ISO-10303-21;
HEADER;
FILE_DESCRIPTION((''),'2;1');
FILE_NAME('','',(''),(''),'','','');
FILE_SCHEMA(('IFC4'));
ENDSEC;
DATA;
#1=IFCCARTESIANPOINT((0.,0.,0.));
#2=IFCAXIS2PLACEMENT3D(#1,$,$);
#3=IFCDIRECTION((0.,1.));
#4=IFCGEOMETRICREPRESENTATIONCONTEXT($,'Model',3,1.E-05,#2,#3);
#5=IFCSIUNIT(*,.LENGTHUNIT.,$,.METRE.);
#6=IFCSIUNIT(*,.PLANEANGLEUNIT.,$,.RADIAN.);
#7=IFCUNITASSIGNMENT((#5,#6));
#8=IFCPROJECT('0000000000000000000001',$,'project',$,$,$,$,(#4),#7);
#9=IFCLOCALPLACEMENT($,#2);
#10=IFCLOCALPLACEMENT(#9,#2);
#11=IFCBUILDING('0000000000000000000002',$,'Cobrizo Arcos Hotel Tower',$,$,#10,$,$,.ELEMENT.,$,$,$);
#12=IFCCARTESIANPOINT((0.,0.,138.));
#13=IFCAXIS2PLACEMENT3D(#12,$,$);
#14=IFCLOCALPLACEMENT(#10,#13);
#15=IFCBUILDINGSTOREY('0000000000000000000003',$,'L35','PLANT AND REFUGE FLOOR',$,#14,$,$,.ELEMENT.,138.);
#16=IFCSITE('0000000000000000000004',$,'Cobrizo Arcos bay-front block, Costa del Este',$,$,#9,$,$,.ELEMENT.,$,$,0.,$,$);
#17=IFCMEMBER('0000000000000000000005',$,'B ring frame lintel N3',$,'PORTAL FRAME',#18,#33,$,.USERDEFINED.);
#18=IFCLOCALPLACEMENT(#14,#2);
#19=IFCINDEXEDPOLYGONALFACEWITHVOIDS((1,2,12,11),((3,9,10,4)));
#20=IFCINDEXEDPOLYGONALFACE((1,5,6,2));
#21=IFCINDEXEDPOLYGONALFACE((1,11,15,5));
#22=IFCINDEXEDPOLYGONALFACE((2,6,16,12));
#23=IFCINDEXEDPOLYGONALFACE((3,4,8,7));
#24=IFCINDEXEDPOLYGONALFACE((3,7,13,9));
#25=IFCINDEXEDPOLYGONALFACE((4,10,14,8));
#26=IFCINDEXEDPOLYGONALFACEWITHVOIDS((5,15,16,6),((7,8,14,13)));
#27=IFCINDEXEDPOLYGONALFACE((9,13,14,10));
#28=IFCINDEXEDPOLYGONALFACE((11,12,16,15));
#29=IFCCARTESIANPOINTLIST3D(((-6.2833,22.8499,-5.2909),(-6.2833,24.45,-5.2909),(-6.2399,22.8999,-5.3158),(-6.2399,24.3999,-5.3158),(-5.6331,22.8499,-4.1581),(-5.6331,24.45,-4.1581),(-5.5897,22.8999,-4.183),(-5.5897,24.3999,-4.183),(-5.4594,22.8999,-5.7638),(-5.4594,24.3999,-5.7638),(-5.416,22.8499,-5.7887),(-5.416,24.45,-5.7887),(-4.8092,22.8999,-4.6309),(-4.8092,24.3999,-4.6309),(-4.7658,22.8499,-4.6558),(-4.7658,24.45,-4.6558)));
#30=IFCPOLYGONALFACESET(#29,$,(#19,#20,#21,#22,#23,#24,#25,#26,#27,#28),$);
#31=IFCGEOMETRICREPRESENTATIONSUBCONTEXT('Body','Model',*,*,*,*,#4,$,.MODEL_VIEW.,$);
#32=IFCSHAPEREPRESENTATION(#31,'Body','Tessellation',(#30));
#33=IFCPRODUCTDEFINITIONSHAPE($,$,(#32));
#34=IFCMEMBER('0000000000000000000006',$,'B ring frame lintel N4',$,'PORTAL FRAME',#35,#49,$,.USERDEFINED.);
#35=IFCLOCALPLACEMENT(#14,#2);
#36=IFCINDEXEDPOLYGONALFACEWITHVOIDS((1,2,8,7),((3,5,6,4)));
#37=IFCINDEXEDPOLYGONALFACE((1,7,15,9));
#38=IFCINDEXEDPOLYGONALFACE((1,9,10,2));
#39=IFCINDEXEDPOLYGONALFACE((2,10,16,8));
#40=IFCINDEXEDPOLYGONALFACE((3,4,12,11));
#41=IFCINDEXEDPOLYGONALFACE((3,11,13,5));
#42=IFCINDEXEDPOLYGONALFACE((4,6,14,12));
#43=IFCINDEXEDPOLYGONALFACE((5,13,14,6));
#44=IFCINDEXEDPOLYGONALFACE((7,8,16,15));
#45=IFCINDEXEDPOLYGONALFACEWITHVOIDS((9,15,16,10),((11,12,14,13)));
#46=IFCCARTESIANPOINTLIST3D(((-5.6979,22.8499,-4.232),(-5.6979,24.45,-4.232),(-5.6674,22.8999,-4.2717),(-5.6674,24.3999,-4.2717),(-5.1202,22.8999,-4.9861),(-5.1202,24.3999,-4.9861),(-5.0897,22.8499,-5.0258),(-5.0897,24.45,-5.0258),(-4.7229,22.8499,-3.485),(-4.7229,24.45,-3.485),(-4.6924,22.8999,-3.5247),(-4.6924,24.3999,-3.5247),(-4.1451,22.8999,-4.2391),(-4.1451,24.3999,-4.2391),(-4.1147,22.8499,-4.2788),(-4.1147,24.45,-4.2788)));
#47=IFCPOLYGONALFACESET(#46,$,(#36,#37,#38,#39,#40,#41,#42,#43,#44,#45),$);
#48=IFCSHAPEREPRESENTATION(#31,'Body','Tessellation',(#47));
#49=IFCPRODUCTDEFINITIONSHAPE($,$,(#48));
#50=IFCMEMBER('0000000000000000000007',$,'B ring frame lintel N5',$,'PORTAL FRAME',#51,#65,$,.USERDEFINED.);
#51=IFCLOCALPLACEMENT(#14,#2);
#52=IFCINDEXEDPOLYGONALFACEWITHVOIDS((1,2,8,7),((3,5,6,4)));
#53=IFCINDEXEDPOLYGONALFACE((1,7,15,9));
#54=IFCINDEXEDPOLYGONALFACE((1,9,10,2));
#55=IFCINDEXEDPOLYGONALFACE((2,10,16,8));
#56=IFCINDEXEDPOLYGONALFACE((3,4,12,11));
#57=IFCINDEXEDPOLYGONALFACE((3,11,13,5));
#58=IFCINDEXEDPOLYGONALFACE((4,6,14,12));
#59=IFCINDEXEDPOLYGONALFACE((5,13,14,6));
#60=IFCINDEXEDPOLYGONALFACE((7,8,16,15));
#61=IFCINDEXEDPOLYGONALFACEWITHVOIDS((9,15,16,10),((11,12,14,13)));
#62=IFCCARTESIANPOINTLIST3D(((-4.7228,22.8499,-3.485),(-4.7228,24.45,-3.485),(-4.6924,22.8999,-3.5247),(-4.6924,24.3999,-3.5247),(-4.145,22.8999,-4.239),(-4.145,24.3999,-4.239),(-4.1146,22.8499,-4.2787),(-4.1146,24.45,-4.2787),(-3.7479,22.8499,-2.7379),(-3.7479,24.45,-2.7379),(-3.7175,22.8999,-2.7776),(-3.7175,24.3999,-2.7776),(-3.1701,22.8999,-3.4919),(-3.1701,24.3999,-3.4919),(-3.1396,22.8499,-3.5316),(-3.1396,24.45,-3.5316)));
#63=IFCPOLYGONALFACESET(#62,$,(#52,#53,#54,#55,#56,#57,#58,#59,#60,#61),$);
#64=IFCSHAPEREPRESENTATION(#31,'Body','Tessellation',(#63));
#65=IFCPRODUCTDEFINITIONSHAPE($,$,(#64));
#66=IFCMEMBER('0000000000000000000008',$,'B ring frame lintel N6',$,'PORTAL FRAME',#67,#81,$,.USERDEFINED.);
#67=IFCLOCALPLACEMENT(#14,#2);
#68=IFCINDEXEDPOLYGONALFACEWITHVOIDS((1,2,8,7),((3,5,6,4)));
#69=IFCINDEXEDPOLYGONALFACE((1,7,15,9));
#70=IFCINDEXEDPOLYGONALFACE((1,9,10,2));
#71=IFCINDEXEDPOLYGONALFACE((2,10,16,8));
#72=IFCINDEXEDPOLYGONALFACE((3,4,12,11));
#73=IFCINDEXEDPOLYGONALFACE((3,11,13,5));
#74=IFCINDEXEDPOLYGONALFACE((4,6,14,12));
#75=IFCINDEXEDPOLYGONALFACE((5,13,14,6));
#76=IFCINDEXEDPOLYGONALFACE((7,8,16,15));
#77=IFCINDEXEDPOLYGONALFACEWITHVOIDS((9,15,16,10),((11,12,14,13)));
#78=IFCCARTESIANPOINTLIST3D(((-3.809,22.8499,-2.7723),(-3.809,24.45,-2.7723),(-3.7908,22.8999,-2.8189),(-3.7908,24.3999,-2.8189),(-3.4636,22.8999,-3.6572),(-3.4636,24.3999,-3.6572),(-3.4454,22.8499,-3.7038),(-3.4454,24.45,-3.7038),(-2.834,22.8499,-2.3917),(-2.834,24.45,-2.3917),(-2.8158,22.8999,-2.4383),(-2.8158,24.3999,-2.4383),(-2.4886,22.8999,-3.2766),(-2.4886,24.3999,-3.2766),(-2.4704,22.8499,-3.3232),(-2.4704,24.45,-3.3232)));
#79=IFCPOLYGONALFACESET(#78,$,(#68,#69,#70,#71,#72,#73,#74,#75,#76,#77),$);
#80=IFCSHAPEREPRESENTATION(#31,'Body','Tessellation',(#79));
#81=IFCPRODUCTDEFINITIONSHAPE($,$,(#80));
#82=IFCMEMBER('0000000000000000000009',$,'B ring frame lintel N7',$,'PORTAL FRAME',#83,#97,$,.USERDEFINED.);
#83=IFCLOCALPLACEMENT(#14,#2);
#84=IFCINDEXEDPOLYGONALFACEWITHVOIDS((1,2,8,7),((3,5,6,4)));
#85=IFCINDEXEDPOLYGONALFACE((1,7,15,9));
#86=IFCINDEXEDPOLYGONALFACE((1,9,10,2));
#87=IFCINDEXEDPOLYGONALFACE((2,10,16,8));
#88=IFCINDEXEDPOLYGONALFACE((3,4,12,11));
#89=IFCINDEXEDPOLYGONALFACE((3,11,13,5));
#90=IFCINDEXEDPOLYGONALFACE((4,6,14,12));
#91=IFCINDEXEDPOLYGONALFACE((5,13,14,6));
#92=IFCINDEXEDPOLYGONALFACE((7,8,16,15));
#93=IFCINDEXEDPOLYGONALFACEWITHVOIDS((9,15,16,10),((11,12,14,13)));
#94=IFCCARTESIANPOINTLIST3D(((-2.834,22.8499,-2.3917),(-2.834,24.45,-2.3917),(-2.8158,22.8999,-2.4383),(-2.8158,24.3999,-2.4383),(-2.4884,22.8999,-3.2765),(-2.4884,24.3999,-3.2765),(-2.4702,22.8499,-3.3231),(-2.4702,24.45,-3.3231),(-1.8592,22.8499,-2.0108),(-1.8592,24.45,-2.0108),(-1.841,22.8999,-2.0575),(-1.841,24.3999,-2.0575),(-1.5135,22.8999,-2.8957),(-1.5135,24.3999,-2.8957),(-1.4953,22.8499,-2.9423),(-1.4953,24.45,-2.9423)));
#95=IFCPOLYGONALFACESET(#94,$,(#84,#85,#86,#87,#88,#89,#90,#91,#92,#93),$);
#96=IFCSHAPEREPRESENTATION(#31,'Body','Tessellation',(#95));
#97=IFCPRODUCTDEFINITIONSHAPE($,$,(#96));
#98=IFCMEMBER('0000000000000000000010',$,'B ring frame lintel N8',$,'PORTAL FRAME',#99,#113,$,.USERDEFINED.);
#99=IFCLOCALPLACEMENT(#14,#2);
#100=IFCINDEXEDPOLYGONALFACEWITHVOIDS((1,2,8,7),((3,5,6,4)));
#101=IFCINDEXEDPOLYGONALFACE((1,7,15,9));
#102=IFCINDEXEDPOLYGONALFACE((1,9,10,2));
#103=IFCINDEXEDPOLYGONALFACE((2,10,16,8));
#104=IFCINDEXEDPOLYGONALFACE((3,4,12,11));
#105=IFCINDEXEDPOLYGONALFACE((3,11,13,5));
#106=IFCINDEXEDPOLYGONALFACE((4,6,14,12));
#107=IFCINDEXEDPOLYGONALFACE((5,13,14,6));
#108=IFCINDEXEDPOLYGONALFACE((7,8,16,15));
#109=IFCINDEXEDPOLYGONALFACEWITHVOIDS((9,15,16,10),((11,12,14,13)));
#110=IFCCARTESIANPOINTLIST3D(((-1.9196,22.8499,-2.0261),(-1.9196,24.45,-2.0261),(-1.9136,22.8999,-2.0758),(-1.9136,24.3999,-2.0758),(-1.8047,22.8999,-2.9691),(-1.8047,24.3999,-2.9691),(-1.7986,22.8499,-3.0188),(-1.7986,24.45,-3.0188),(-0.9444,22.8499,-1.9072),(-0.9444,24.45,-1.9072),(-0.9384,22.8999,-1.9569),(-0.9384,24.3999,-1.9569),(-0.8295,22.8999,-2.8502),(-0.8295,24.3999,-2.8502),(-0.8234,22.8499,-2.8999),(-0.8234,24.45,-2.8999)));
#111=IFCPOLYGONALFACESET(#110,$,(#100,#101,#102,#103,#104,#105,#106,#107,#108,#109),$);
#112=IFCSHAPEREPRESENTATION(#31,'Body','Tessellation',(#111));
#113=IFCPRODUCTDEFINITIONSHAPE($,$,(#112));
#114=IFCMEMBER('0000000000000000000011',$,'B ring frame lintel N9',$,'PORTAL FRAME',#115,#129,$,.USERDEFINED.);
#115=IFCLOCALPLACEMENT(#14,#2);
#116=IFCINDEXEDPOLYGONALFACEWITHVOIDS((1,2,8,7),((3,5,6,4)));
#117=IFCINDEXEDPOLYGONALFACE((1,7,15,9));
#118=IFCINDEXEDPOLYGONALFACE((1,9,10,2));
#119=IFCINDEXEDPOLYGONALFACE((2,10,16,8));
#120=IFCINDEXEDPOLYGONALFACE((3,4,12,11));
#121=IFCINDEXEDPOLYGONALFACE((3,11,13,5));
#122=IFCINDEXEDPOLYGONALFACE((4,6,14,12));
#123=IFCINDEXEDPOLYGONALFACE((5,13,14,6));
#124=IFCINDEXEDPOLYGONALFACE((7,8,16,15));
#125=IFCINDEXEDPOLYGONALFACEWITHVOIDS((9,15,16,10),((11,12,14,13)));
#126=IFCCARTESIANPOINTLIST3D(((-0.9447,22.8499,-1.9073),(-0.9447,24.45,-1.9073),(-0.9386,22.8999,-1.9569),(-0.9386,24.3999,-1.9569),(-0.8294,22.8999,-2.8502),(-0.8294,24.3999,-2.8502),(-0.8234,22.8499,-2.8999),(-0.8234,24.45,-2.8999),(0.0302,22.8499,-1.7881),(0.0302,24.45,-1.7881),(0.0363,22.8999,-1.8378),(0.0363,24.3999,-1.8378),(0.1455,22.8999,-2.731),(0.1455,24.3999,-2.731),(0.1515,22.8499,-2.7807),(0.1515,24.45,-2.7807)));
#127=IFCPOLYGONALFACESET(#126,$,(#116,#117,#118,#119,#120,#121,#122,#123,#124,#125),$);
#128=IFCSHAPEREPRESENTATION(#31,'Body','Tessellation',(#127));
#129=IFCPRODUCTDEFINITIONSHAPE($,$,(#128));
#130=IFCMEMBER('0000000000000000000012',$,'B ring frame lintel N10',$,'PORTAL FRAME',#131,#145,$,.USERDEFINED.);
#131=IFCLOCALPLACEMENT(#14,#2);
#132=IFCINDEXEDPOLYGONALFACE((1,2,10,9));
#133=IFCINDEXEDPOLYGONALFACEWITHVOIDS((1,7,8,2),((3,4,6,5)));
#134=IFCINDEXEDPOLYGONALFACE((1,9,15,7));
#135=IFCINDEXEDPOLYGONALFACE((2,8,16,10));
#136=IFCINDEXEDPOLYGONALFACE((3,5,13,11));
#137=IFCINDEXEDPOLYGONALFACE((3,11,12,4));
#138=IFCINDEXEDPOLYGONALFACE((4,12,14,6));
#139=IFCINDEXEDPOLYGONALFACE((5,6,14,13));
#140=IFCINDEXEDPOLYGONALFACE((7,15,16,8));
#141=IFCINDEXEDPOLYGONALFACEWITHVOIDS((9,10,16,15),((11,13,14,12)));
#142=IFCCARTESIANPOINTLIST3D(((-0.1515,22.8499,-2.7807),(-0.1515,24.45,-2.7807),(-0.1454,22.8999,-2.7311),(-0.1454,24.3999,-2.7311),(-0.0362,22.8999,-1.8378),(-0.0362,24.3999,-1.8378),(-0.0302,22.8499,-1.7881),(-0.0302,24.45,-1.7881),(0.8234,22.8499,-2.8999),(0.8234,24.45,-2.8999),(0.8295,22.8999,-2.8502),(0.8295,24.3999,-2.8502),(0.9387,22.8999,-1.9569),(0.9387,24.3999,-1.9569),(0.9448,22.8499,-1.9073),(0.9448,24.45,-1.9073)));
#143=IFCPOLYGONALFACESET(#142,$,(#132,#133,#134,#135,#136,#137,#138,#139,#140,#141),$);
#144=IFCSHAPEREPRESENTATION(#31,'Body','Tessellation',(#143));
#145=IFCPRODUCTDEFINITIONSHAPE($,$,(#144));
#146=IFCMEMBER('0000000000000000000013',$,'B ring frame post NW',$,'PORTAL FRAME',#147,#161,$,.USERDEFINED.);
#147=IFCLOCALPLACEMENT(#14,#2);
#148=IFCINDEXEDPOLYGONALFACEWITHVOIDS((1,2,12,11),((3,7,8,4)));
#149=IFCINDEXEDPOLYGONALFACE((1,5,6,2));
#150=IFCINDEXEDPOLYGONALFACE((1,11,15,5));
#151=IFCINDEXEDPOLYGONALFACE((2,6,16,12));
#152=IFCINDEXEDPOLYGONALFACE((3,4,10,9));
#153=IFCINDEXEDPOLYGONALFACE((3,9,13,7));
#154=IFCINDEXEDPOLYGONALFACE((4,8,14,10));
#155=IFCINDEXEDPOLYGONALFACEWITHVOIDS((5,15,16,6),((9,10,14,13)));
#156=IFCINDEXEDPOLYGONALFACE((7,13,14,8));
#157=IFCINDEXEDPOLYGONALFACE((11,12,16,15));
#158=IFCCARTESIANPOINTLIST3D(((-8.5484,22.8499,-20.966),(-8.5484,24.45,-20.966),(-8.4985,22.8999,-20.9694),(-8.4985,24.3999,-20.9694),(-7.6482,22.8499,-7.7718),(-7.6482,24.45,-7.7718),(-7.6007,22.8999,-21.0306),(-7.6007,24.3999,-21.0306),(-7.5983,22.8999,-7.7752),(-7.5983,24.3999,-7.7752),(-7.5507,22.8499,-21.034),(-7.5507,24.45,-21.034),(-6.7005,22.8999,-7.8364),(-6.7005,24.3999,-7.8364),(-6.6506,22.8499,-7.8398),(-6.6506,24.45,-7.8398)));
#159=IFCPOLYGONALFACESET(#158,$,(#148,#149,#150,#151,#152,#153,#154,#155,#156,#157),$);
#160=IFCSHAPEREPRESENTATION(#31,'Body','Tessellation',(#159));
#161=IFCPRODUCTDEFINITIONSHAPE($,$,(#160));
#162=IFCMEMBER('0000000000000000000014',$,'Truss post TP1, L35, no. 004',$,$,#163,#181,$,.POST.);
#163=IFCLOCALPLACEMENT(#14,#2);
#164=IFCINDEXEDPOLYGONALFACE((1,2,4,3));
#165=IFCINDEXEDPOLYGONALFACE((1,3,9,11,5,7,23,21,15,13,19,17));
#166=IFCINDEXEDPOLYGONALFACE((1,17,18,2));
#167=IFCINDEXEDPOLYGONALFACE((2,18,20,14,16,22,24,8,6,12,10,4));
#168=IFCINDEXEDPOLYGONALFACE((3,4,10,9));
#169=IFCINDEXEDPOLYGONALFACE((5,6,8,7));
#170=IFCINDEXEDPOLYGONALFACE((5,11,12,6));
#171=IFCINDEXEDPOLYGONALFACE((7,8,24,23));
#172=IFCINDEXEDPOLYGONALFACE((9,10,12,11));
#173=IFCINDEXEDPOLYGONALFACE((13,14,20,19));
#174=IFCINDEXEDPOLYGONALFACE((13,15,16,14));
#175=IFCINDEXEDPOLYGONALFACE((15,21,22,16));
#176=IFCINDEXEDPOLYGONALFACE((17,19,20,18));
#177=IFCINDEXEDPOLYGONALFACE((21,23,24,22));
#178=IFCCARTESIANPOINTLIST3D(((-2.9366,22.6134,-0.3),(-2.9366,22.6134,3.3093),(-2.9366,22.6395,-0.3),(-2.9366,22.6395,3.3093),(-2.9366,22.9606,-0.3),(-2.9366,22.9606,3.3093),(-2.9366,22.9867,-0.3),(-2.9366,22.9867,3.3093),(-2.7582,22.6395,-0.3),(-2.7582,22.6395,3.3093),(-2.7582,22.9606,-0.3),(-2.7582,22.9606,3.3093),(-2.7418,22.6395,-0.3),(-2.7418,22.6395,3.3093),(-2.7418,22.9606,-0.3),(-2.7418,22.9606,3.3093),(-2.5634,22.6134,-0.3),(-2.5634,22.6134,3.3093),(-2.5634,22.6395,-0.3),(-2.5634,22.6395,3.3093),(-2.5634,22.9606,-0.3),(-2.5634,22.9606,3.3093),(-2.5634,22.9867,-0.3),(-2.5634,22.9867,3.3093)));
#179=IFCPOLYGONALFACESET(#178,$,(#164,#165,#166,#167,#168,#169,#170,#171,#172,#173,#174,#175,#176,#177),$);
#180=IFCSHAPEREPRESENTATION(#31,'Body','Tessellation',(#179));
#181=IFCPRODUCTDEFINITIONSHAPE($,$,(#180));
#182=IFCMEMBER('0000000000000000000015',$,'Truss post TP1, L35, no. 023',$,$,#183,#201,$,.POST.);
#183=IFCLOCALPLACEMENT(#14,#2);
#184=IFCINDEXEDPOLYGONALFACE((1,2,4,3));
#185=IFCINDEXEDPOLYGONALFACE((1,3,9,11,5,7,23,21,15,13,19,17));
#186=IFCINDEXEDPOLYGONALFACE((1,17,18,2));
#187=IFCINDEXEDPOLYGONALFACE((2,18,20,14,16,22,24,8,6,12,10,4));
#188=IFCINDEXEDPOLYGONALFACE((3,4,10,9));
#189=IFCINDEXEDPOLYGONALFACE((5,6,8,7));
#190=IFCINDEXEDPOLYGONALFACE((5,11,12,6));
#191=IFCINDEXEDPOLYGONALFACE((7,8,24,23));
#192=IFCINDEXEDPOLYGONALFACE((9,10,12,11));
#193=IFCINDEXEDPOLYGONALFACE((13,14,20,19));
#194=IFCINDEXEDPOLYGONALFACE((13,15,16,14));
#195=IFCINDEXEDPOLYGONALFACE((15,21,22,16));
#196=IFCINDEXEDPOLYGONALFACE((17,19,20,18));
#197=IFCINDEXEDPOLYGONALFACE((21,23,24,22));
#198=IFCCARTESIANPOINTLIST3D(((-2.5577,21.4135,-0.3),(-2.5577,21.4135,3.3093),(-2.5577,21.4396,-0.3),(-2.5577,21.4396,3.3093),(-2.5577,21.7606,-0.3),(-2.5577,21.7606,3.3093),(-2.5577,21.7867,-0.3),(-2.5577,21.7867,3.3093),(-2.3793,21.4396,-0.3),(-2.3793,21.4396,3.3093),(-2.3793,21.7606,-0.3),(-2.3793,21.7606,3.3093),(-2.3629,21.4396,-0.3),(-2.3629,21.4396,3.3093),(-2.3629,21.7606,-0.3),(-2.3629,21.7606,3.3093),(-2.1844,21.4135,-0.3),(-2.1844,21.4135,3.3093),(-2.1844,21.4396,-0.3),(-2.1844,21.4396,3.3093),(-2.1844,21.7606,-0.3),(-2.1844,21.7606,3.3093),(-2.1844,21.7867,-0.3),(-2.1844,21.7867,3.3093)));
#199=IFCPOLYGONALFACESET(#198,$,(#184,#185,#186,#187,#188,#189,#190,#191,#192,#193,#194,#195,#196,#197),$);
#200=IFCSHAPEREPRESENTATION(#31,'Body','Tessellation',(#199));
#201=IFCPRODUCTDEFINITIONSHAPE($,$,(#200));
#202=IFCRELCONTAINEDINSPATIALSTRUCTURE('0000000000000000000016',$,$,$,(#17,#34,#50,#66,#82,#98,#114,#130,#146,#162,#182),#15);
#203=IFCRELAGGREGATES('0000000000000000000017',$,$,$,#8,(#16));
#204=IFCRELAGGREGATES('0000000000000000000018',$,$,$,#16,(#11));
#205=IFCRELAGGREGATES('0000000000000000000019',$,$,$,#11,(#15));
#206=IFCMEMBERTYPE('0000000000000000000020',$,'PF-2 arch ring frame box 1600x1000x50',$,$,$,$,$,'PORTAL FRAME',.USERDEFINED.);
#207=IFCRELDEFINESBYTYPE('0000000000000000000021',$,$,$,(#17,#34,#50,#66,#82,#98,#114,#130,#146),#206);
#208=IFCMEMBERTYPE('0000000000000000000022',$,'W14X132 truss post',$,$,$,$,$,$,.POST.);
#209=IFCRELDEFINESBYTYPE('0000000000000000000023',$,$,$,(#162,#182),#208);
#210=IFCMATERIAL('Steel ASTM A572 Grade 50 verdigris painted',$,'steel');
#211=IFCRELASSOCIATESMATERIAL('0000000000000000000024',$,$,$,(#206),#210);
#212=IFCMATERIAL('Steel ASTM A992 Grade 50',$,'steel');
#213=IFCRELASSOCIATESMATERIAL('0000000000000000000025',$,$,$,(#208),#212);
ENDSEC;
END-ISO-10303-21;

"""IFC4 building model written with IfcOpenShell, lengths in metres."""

from ifc_helpers import new_model, si_unit, direction, frame, origin, origin_2d, place, context, subcontext, project, spatial, hollow_rectangle, i_section, extrude, material, material_profile, profile_set, type_object, element, save


model = new_model("IFC4")

# Units and contexts
model_context = context("Model", 3, precision=1e-05, world=origin(), true_north=direction((0.0, 1.0)))
body_context = subcontext(model_context, "Body", "Model", "MODEL_VIEW")
ifc_project = project(units=[si_unit("LENGTHUNIT", "METRE"), si_unit("PLANEANGLEUNIT", "RADIAN")], contexts=[model_context])

# Site, building, storey
site_placement = place(None, origin())
site = spatial("IfcSite", under=ifc_project, at=site_placement, Name="Cobrizo Arcos bay-front block, Costa del Este", CompositionType="ELEMENT", RefElevation=0.0)
building_placement = place(site_placement, origin())
building = spatial("IfcBuilding", under=site, at=building_placement, Name="Cobrizo Arcos Hotel Tower", CompositionType="ELEMENT")
storey_placement = place(building_placement, frame((0.0, 0.0, 138.0)))
storey = spatial("IfcBuildingStorey", under=building, at=storey_placement, Name="L35", Description="PLANT AND REFUGE FLOOR", CompositionType="ELEMENT", Elevation=138.0)

# Members
ifc_material_1 = material(Name="Steel ASTM A572 Grade 50 verdigris painted", Category="steel")
ifc_material_profile_1 = material_profile(ifc_material_1, hollow_rectangle(XDim=1.6001, YDim=1.0, WallThickness=0.05, at=origin_2d()), Name="PF-2 arch ring frame box 1600x1000x50")
ifc_profile_set_1 = profile_set([ifc_material_profile_1], Name="Steel ASTM A572 Grade 50 verdigris painted")
member_type_1 = type_object("IfcMemberType", Name="PF-2 arch ring frame box 1600x1000x50", ElementType="PORTAL FRAME", PredefinedType="USERDEFINED", material=ifc_profile_set_1)
for number, where, z_axis, x_axis, name in (
    (1, (-5.8496, 23.6499, -5.5398), (0.497769, 0.0, 0.86731), (0.0, 1.0, 0.0), "B ring frame lintel N3"),
):
    element("IfcMember", number, at=place(storey_placement, frame(where, z_axis=z_axis, x_axis=x_axis)), inside=storey, type_object=member_type_1, Name=name, ObjectType="PORTAL FRAME", PredefinedType="USERDEFINED", context=body_context, shape_type="SweptSolid", body=[
        extrude(hollow_rectangle(XDim=1.6001, YDim=1.0, WallThickness=0.05, at=origin_2d()), origin(), (0.0, 0.0, 1.0), 1.3062),
    ])
for number, where, z_axis, x_axis, name in (
    (2, (-5.3938, 23.6499, -4.6289), (0.793805, 0.0, 0.608173), (0.0, 1.0, 0.0), "B ring frame lintel N4"),
    (3, (-4.4187, 23.6499, -3.8818), (0.793731, 0.0, 0.608269), (0.0, 1.0, 0.0), "B ring frame lintel N5"),
):
    element("IfcMember", number, at=place(storey_placement, frame(where, z_axis=z_axis, x_axis=x_axis)), inside=storey, type_object=member_type_1, Name=name, ObjectType="PORTAL FRAME", PredefinedType="USERDEFINED", context=body_context, shape_type="SweptSolid", body=[
        extrude(hollow_rectangle(XDim=1.6001, YDim=1.0, WallThickness=0.05, at=origin_2d()), origin(), (0.0, 0.0, 1.0), 1.2283),
    ])
for number, where, z_axis, x_axis, name in (
    (4, (-3.6272, 23.6499, -3.238), (0.931549, 0.0, 0.363617), (0.0, 1.0, 0.0), "B ring frame lintel N6"),
    (5, (-2.6521, 23.6499, -2.8574), (0.931439, 0.0, 0.363898), (0.0, 1.0, 0.0), "B ring frame lintel N7"),
):
    element("IfcMember", number, at=place(storey_placement, frame(where, z_axis=z_axis, x_axis=x_axis)), inside=storey, type_object=member_type_1, Name=name, ObjectType="PORTAL FRAME", PredefinedType="USERDEFINED", context=body_context, shape_type="SweptSolid", body=[
        extrude(hollow_rectangle(XDim=1.6001, YDim=1.0, WallThickness=0.05, at=origin_2d()), origin(), (0.0, 0.0, 1.0), 1.0466),
    ])
member_1_placement = place(storey_placement, frame((-1.8591, 23.6499, -2.5225), z_axis=(0.992648, 0.0, 0.121036), x_axis=(0.0, 1.0, 0.0)))
element("IfcMember", 6, at=member_1_placement, inside=storey, type_object=member_type_1, Name="B ring frame lintel N8", ObjectType="PORTAL FRAME", PredefinedType="USERDEFINED", context=body_context, shape_type="SweptSolid", body=[
    extrude(hollow_rectangle(XDim=1.6001, YDim=1.0, WallThickness=0.05, at=origin_2d()), origin(), (0.0, 0.0, 1.0), 0.9824),
])
for number, where, z_axis, x_axis, name in (
    (7, (-0.884, 23.6499, -2.4036), (0.992615, 0.0, 0.121311), (0.0, 1.0, 0.0), "B ring frame lintel N9"),
    (8, (-0.0908, 23.6499, -2.2844), (0.992615, 0.0, -0.121311), (0.0, 1.0, 0.0), "B ring frame lintel N10"),
):
    element("IfcMember", number, at=place(storey_placement, frame(where, z_axis=z_axis, x_axis=x_axis)), inside=storey, type_object=member_type_1, Name=name, ObjectType="PORTAL FRAME", PredefinedType="USERDEFINED", context=body_context, shape_type="SweptSolid", body=[
        extrude(hollow_rectangle(XDim=1.6001, YDim=1.0, WallThickness=0.05, at=origin_2d()), origin(), (0.0, 0.0, 1.0), 0.9822),
    ])
member_2_placement = place(storey_placement, frame((-8.0496, 23.6499, -21.0), z_axis=(0.068065, 0.0, 0.997681), x_axis=(0.0, 1.0, 0.0)))
element("IfcMember", 9, at=member_2_placement, inside=storey, type_object=member_type_1, Name="B ring frame post NW", ObjectType="PORTAL FRAME", PredefinedType="USERDEFINED", context=body_context, shape_type="SweptSolid", body=[
    extrude(hollow_rectangle(XDim=1.6001, YDim=1.0, WallThickness=0.05, at=origin_2d()), origin(), (0.0, 0.0, 1.0), 13.2249),
])
ifc_material_2 = material(Name="Steel ASTM A992 Grade 50", Category="steel")
ifc_material_profile_2 = material_profile(ifc_material_2, i_section(OverallWidth=0.3733, OverallDepth=0.3733, WebThickness=0.0164, FlangeThickness=0.0261, at=origin_2d()), Name="W14X132")
ifc_profile_set_2 = profile_set([ifc_material_profile_2], Name="Steel ASTM A992 Grade 50")
member_type_2 = type_object("IfcMemberType", Name="W14X132 truss post", PredefinedType="POST", material=ifc_profile_set_2)
for number, where, z_axis, x_axis, name in (
    (10, (-2.75, 22.8, -0.3), (0.0, 0.0, 1.0), (1.0, 0.0, 0.0), "Truss post TP1, L35, no. 004"),
    (11, (-2.3711, 21.6001, -0.3), (0.0, 0.0, 1.0), (1.0, 0.0, 0.0), "Truss post TP1, L35, no. 023"),
):
    element("IfcMember", number, at=place(storey_placement, frame(where, z_axis=z_axis, x_axis=x_axis)), inside=storey, type_object=member_type_2, Name=name, PredefinedType="POST", context=body_context, shape_type="SweptSolid", body=[
        extrude(i_section(OverallWidth=0.3733, OverallDepth=0.3733, WebThickness=0.0164, FlangeThickness=0.0261, at=origin_2d()), origin(), (0.0, 0.0, 1.0), 3.6094),
    ])

save(model, "model.ifc")
